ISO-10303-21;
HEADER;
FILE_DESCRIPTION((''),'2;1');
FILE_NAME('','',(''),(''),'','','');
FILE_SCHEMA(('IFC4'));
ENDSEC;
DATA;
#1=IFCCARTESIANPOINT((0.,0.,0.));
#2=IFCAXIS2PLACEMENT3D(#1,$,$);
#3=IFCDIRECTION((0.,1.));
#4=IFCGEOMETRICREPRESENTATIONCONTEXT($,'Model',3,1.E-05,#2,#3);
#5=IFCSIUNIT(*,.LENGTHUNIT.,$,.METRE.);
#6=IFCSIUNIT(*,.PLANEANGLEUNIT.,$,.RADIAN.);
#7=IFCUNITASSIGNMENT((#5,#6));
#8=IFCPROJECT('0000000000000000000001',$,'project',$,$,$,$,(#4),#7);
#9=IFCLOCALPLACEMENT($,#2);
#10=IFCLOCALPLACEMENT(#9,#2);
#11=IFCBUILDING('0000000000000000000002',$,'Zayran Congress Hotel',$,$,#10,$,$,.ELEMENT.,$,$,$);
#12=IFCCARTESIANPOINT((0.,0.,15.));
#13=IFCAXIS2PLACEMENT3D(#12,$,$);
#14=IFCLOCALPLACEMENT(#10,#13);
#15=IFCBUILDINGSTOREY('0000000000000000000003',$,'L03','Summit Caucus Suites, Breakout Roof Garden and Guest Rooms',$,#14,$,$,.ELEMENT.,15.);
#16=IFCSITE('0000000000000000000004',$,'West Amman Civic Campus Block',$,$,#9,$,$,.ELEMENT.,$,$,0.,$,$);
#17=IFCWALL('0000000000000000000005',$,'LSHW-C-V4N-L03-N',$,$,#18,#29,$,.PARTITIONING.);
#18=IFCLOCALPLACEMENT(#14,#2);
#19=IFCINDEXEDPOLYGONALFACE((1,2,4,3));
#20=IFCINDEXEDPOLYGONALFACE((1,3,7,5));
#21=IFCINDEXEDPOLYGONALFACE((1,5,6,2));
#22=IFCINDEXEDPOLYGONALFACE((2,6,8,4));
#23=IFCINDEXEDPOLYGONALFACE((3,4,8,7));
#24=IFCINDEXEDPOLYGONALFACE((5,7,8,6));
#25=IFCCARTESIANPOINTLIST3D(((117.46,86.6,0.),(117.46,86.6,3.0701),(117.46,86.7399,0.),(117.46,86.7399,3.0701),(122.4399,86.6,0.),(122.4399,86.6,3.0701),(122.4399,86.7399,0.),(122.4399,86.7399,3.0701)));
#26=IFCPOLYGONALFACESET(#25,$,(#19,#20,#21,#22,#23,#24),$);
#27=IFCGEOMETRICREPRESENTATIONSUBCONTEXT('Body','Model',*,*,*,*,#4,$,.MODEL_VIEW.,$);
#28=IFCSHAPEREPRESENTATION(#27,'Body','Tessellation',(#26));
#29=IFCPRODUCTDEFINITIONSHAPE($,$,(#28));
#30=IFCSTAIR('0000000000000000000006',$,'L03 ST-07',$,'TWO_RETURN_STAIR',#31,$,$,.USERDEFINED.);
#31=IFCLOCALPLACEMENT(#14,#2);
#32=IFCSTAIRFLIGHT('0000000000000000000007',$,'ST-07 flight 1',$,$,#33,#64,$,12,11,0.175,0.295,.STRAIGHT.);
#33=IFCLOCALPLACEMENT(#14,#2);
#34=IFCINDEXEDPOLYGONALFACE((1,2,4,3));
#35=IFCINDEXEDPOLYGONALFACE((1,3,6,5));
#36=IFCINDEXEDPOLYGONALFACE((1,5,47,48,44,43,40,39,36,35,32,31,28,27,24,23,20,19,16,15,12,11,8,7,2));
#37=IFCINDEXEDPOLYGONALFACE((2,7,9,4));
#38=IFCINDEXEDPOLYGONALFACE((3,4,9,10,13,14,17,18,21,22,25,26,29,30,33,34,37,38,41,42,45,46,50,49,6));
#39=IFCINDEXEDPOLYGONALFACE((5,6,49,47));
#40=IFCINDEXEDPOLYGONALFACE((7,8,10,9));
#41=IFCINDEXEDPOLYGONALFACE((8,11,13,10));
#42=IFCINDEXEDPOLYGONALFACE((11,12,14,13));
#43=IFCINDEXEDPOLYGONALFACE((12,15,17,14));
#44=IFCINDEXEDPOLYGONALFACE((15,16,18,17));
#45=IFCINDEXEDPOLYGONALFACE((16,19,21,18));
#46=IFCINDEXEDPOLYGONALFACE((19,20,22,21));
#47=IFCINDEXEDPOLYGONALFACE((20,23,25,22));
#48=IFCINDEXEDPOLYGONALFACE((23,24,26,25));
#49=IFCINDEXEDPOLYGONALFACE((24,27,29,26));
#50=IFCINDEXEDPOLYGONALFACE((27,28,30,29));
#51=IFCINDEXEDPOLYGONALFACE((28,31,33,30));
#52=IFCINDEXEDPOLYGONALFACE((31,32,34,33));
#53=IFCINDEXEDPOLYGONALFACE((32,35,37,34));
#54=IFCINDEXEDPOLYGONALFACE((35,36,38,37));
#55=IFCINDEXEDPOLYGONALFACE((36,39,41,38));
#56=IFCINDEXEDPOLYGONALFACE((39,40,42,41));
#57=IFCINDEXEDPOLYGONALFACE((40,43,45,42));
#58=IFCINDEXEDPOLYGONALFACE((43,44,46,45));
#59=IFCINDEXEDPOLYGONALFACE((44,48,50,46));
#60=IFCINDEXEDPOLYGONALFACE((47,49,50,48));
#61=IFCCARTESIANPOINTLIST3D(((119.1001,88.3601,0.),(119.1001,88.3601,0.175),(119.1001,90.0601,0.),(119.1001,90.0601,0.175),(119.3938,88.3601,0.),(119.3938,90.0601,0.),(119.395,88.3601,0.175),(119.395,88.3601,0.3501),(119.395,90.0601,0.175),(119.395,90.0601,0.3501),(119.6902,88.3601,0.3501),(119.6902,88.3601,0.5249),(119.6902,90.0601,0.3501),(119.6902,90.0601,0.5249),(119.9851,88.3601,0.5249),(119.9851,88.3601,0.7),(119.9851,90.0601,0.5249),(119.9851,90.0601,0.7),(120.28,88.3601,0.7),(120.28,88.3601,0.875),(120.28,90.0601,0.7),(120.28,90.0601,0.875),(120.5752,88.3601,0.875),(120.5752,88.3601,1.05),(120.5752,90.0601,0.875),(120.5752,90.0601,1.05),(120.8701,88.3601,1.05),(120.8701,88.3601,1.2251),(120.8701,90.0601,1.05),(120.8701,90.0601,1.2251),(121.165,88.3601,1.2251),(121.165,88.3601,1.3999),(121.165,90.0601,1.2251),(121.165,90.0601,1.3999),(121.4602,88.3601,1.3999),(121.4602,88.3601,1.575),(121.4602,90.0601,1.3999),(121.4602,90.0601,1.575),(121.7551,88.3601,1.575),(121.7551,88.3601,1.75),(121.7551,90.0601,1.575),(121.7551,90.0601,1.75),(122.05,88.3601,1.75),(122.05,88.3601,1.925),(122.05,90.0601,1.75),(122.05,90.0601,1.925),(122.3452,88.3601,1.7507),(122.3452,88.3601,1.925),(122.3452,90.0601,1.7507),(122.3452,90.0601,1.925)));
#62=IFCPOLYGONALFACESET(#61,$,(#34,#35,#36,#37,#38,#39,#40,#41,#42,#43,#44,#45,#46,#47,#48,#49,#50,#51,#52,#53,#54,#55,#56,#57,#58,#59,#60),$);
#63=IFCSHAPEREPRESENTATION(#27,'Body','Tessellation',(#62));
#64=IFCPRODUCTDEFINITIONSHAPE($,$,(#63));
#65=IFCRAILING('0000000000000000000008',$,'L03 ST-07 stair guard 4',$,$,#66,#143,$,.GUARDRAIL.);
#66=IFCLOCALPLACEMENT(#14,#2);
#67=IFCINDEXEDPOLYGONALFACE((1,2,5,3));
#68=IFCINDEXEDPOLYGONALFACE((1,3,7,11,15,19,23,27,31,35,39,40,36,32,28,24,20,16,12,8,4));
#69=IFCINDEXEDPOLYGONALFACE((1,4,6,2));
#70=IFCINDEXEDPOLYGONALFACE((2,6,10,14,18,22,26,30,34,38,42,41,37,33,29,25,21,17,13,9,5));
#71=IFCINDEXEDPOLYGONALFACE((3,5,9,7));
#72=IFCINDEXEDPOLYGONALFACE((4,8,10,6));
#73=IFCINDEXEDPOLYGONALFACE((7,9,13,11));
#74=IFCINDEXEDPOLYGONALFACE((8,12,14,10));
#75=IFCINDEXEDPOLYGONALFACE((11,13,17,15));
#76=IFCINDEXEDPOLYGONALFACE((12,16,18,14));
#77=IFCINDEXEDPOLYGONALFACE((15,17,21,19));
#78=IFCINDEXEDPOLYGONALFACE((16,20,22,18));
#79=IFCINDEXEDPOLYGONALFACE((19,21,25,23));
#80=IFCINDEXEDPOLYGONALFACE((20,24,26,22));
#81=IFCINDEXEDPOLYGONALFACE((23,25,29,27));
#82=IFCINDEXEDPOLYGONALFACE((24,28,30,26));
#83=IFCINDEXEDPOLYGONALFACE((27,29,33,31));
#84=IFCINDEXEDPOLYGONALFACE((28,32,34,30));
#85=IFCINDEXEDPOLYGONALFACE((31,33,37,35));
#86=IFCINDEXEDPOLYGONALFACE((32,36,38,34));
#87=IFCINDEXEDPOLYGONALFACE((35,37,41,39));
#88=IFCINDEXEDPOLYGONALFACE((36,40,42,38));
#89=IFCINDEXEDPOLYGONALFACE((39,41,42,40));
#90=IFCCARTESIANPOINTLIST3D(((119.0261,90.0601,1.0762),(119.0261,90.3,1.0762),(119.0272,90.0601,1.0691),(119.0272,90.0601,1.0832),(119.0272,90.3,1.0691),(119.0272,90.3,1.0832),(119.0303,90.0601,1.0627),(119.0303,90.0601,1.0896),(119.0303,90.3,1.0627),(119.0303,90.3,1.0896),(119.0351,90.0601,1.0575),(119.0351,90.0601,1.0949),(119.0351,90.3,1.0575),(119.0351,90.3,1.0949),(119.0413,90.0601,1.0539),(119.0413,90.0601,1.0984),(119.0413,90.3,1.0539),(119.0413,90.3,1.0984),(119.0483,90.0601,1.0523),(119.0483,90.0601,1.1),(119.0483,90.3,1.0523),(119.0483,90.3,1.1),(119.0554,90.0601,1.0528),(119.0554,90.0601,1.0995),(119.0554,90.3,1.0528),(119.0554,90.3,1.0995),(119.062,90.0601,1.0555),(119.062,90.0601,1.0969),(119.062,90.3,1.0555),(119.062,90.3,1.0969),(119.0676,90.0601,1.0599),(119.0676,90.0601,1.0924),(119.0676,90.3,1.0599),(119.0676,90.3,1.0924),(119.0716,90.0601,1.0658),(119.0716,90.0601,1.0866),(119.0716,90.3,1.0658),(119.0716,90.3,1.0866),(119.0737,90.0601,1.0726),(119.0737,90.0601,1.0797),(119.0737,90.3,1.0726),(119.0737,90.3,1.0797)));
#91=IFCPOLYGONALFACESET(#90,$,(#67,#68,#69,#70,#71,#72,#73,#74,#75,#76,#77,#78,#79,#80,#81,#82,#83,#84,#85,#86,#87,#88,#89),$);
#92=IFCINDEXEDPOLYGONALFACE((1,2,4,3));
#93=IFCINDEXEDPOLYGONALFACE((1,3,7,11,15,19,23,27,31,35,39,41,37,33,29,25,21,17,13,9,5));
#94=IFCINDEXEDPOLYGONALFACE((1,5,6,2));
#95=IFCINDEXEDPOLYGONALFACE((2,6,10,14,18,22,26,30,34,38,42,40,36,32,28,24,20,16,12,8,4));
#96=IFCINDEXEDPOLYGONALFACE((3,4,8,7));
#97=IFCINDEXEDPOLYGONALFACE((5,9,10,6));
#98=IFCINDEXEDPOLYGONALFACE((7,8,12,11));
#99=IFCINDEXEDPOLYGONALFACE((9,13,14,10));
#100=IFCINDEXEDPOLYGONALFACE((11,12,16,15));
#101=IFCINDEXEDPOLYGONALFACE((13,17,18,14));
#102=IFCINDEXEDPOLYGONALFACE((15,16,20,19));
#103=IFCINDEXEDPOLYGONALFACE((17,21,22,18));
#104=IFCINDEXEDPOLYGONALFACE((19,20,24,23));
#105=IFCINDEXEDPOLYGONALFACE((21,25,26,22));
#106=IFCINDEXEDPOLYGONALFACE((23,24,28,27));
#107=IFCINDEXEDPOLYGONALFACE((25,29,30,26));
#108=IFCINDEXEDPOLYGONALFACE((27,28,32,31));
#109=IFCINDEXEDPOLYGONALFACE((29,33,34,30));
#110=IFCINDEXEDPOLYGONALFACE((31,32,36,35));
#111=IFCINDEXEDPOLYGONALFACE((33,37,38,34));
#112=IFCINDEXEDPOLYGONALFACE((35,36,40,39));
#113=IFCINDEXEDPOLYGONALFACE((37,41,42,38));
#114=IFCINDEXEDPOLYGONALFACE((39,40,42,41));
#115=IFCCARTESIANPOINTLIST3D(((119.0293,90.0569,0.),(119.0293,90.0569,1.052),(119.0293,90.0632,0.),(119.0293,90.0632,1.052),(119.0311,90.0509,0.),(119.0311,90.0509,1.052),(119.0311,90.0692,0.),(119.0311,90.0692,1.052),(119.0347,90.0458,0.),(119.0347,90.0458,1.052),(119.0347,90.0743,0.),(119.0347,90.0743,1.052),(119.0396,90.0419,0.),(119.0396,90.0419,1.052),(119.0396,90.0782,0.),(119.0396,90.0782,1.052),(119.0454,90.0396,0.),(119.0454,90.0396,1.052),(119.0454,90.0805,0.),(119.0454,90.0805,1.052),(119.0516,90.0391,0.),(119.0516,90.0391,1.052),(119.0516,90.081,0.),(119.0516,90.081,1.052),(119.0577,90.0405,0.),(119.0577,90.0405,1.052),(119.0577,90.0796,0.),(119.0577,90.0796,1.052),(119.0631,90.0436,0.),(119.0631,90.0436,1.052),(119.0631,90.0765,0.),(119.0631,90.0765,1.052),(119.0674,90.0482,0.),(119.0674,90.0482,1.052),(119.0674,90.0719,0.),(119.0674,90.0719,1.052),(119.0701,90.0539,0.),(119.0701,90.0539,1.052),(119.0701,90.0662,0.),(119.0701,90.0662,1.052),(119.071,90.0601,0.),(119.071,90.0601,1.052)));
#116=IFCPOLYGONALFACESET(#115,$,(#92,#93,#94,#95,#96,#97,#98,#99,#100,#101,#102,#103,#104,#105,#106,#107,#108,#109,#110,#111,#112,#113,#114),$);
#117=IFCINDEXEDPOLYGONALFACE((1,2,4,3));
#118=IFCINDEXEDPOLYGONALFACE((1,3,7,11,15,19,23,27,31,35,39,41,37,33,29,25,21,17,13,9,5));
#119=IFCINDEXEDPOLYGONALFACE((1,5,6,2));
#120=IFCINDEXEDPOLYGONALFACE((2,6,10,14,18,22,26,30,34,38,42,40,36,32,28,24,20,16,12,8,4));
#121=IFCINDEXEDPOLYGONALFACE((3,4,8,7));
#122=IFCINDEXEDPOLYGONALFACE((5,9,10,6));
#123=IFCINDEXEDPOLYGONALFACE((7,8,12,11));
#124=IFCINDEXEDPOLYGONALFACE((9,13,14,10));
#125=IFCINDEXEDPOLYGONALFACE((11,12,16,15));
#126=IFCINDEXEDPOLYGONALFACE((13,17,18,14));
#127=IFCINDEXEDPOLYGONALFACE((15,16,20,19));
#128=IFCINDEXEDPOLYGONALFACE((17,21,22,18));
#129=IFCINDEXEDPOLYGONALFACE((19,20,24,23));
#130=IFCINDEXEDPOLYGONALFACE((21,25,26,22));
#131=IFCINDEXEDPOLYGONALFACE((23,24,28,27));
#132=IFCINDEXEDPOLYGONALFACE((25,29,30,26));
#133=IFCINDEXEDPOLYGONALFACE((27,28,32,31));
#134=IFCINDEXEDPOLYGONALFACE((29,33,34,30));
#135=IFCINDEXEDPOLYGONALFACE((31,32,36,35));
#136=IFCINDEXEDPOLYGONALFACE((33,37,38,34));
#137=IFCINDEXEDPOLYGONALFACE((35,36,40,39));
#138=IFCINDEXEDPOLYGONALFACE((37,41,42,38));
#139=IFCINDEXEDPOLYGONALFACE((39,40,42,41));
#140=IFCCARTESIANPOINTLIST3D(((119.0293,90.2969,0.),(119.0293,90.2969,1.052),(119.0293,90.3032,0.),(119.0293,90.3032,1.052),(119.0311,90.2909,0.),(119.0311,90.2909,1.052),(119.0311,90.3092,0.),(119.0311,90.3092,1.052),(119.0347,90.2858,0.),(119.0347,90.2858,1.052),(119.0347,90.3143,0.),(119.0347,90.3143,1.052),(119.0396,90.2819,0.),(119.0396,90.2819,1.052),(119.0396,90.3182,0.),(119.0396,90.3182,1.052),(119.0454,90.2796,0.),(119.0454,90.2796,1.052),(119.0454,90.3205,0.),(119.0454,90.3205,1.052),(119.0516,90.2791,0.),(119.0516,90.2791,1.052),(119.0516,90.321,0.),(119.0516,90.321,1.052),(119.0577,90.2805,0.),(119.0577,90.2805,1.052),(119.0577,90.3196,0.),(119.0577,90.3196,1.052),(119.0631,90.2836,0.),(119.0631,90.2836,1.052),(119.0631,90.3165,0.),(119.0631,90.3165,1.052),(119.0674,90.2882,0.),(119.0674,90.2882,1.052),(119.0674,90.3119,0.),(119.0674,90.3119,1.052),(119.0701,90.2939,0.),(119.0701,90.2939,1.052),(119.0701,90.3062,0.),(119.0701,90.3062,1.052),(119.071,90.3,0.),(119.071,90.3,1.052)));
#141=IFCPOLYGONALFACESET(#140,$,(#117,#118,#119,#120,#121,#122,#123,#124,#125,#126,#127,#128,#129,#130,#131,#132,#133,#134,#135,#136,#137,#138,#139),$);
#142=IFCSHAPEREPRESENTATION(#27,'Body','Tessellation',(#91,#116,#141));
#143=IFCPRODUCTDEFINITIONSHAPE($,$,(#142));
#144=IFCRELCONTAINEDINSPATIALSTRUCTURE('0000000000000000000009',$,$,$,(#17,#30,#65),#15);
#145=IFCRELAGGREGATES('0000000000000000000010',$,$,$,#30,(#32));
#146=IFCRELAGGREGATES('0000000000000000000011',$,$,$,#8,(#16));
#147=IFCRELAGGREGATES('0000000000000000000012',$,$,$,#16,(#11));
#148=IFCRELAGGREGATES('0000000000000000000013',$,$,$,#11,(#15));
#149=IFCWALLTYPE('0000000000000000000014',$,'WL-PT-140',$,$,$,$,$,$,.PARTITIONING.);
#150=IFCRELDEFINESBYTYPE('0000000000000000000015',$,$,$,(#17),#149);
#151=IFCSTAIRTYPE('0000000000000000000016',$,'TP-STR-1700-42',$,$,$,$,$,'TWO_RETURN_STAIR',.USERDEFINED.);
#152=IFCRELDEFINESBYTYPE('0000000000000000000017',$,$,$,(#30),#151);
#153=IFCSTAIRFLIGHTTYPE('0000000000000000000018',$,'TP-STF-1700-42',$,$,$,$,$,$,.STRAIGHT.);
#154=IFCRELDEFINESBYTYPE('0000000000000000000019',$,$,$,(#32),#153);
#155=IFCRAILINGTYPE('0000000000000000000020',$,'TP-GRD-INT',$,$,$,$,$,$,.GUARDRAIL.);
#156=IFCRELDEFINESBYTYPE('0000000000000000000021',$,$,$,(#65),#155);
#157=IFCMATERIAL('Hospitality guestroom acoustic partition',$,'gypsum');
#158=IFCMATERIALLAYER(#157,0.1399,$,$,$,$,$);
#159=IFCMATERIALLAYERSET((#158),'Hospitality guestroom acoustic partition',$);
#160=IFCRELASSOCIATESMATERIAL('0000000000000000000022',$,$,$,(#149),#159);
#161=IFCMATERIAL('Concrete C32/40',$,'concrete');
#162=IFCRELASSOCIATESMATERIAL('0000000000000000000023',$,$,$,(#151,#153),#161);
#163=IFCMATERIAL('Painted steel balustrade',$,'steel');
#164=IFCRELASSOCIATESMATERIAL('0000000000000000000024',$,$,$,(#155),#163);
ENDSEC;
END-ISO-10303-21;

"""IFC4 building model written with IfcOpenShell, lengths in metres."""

from ifc_helpers import new_model, si_unit, direction, frame, frame_2d, origin, origin_2d, place, context, subcontext, project, spatial, polyline, rectangle, circle, outline, extrude, material, layer, layer_set, type_object, element, aggregate, save


model = new_model("IFC4")

# Units and contexts
model_context = context("Model", 3, precision=1e-05, world=origin(), true_north=direction((0.0, 1.0)))
body_context = subcontext(model_context, "Body", "Model", "MODEL_VIEW")
ifc_project = project(units=[si_unit("LENGTHUNIT", "METRE"), si_unit("PLANEANGLEUNIT", "RADIAN")], contexts=[model_context])

# Site, building, storey
site_placement = place(None, origin())
site = spatial("IfcSite", under=ifc_project, at=site_placement, Name="West Amman Civic Campus Block", CompositionType="ELEMENT", RefElevation=0.0)
building_placement = place(site_placement, origin())
building = spatial("IfcBuilding", under=site, at=building_placement, Name="Zayran Congress Hotel", CompositionType="ELEMENT")
storey_placement = place(building_placement, frame((0.0, 0.0, 15.0)))
storey = spatial("IfcBuildingStorey", under=building, at=storey_placement, Name="L03", Description="Summit Caucus Suites, Breakout Roof Garden and Guest Rooms", CompositionType="ELEMENT", Elevation=15.0)

# Wall
ifc_material_1 = material(Name="Hospitality guestroom acoustic partition", Category="gypsum")
ifc_layer_1 = layer(ifc_material_1, 0.1399)
ifc_layer_set_1 = layer_set([ifc_layer_1], Name="Hospitality guestroom acoustic partition")
wall_type_1 = type_object("IfcWallType", Name="WL-PT-140", PredefinedType="PARTITIONING", material=ifc_layer_set_1)
wall_1_placement = place(storey_placement, frame((117.46, 86.6699, 0.0), z_axis=(0.0, 0.0, 1.0), x_axis=(1.0, 0.0, 0.0)))
element("IfcWall", 1, at=wall_1_placement, inside=storey, type_object=wall_type_1, Name="LSHW-C-V4N-L03-N", PredefinedType="PARTITIONING", context=body_context, shape_type="SweptSolid", body=[
    extrude(rectangle(XDim=4.98, YDim=0.1399, at=frame_2d((2.49, 0.0))), origin(), (0.0, 0.0, 1.0), 3.0701),
])

# Stair, stair flight
ifc_material_2 = material(Name="Concrete C32/40", Category="concrete")
stair_type = type_object("IfcStairType", Name="TP-STR-1700-42", ElementType="TWO_RETURN_STAIR", PredefinedType="USERDEFINED", material=ifc_material_2)
stair_placement = place(storey_placement, origin())
stair = element("IfcStair", 2, at=stair_placement, inside=storey, type_object=stair_type, Name="L03 ST-07", ObjectType="TWO_RETURN_STAIR", PredefinedType="USERDEFINED")
stair_flight_type = type_object("IfcStairFlightType", Name="TP-STF-1700-42", PredefinedType="STRAIGHT", material=ifc_material_2)
stair_flight_placement = place(storey_placement, frame((119.1001, 89.21, 0.0), z_axis=(0.0, 0.0, 1.0), x_axis=(1.0, 0.0, 0.0)))
stair_flight = element("IfcStairFlight", 3, at=stair_flight_placement, type_object=stair_flight_type, Name="ST-07 flight 1", NumberOfRisers=12, NumberOfTreads=11, PredefinedType="STRAIGHT", RiserHeight=0.175, TreadLength=0.295, context=body_context, shape_type="SweptSolid", body=[
    extrude(outline(polyline([(0.0, 0.0), (0.0, 0.175), (0.2949, 0.175), (0.2949, 0.3501), (0.5901, 0.3501), (0.5901, 0.5249), (0.885, 0.5249), (0.885, 0.7), (1.1799, 0.7), (1.1799, 0.875), (1.4751, 0.875), (1.4751, 1.05), (1.77, 1.05), (1.77, 1.2251), (2.0649, 1.2251), (2.0649, 1.3999), (2.3601, 1.3999), (2.3601, 1.575), (2.655, 1.575), (2.655, 1.75), (2.95, 1.75), (2.95, 1.925), (3.2451, 1.925), (3.2451, 2.1001), (3.2451, 1.7507), (0.2937, 0.0), (0.0, 0.0)])), frame((0.0, 0.8501, 0.0), z_axis=(0.0, -1.0, 0.0), x_axis=(1.0, 0.0, 0.0)), (0.0, 0.0, 1.0), 1.7),
])
aggregate(stair, [stair_flight])

# Railing
ifc_material_3 = material(Name="Painted steel balustrade", Category="steel")
railing_type_1 = type_object("IfcRailingType", Name="TP-GRD-INT", PredefinedType="GUARDRAIL", material=ifc_material_3)
railing_1_placement = place(storey_placement, frame((119.05, 90.0601, 0.0)))
element("IfcRailing", 4, at=railing_1_placement, inside=storey, type_object=railing_type_1, Name="L03 ST-07 stair guard 4", PredefinedType="GUARDRAIL", context=body_context, shape_type="SweptSolid", body=[
    extrude(circle(Radius=0.0239, at=origin_2d()), frame((0.0, 0.0, 1.0762), z_axis=(0.0, 1.0, 0.0), x_axis=(-1.0, 0.0, 0.0)), (0.0, 0.0, 1.0), 0.24),
    extrude(circle(Radius=0.021, at=origin_2d()), origin(), (0.0, 0.0, 1.0), 1.052),
    extrude(circle(Radius=0.021, at=origin_2d()), frame((0.0, 0.24, 0.0)), (0.0, 0.0, 1.0), 1.052),
])

save(model, "model.ifc")
